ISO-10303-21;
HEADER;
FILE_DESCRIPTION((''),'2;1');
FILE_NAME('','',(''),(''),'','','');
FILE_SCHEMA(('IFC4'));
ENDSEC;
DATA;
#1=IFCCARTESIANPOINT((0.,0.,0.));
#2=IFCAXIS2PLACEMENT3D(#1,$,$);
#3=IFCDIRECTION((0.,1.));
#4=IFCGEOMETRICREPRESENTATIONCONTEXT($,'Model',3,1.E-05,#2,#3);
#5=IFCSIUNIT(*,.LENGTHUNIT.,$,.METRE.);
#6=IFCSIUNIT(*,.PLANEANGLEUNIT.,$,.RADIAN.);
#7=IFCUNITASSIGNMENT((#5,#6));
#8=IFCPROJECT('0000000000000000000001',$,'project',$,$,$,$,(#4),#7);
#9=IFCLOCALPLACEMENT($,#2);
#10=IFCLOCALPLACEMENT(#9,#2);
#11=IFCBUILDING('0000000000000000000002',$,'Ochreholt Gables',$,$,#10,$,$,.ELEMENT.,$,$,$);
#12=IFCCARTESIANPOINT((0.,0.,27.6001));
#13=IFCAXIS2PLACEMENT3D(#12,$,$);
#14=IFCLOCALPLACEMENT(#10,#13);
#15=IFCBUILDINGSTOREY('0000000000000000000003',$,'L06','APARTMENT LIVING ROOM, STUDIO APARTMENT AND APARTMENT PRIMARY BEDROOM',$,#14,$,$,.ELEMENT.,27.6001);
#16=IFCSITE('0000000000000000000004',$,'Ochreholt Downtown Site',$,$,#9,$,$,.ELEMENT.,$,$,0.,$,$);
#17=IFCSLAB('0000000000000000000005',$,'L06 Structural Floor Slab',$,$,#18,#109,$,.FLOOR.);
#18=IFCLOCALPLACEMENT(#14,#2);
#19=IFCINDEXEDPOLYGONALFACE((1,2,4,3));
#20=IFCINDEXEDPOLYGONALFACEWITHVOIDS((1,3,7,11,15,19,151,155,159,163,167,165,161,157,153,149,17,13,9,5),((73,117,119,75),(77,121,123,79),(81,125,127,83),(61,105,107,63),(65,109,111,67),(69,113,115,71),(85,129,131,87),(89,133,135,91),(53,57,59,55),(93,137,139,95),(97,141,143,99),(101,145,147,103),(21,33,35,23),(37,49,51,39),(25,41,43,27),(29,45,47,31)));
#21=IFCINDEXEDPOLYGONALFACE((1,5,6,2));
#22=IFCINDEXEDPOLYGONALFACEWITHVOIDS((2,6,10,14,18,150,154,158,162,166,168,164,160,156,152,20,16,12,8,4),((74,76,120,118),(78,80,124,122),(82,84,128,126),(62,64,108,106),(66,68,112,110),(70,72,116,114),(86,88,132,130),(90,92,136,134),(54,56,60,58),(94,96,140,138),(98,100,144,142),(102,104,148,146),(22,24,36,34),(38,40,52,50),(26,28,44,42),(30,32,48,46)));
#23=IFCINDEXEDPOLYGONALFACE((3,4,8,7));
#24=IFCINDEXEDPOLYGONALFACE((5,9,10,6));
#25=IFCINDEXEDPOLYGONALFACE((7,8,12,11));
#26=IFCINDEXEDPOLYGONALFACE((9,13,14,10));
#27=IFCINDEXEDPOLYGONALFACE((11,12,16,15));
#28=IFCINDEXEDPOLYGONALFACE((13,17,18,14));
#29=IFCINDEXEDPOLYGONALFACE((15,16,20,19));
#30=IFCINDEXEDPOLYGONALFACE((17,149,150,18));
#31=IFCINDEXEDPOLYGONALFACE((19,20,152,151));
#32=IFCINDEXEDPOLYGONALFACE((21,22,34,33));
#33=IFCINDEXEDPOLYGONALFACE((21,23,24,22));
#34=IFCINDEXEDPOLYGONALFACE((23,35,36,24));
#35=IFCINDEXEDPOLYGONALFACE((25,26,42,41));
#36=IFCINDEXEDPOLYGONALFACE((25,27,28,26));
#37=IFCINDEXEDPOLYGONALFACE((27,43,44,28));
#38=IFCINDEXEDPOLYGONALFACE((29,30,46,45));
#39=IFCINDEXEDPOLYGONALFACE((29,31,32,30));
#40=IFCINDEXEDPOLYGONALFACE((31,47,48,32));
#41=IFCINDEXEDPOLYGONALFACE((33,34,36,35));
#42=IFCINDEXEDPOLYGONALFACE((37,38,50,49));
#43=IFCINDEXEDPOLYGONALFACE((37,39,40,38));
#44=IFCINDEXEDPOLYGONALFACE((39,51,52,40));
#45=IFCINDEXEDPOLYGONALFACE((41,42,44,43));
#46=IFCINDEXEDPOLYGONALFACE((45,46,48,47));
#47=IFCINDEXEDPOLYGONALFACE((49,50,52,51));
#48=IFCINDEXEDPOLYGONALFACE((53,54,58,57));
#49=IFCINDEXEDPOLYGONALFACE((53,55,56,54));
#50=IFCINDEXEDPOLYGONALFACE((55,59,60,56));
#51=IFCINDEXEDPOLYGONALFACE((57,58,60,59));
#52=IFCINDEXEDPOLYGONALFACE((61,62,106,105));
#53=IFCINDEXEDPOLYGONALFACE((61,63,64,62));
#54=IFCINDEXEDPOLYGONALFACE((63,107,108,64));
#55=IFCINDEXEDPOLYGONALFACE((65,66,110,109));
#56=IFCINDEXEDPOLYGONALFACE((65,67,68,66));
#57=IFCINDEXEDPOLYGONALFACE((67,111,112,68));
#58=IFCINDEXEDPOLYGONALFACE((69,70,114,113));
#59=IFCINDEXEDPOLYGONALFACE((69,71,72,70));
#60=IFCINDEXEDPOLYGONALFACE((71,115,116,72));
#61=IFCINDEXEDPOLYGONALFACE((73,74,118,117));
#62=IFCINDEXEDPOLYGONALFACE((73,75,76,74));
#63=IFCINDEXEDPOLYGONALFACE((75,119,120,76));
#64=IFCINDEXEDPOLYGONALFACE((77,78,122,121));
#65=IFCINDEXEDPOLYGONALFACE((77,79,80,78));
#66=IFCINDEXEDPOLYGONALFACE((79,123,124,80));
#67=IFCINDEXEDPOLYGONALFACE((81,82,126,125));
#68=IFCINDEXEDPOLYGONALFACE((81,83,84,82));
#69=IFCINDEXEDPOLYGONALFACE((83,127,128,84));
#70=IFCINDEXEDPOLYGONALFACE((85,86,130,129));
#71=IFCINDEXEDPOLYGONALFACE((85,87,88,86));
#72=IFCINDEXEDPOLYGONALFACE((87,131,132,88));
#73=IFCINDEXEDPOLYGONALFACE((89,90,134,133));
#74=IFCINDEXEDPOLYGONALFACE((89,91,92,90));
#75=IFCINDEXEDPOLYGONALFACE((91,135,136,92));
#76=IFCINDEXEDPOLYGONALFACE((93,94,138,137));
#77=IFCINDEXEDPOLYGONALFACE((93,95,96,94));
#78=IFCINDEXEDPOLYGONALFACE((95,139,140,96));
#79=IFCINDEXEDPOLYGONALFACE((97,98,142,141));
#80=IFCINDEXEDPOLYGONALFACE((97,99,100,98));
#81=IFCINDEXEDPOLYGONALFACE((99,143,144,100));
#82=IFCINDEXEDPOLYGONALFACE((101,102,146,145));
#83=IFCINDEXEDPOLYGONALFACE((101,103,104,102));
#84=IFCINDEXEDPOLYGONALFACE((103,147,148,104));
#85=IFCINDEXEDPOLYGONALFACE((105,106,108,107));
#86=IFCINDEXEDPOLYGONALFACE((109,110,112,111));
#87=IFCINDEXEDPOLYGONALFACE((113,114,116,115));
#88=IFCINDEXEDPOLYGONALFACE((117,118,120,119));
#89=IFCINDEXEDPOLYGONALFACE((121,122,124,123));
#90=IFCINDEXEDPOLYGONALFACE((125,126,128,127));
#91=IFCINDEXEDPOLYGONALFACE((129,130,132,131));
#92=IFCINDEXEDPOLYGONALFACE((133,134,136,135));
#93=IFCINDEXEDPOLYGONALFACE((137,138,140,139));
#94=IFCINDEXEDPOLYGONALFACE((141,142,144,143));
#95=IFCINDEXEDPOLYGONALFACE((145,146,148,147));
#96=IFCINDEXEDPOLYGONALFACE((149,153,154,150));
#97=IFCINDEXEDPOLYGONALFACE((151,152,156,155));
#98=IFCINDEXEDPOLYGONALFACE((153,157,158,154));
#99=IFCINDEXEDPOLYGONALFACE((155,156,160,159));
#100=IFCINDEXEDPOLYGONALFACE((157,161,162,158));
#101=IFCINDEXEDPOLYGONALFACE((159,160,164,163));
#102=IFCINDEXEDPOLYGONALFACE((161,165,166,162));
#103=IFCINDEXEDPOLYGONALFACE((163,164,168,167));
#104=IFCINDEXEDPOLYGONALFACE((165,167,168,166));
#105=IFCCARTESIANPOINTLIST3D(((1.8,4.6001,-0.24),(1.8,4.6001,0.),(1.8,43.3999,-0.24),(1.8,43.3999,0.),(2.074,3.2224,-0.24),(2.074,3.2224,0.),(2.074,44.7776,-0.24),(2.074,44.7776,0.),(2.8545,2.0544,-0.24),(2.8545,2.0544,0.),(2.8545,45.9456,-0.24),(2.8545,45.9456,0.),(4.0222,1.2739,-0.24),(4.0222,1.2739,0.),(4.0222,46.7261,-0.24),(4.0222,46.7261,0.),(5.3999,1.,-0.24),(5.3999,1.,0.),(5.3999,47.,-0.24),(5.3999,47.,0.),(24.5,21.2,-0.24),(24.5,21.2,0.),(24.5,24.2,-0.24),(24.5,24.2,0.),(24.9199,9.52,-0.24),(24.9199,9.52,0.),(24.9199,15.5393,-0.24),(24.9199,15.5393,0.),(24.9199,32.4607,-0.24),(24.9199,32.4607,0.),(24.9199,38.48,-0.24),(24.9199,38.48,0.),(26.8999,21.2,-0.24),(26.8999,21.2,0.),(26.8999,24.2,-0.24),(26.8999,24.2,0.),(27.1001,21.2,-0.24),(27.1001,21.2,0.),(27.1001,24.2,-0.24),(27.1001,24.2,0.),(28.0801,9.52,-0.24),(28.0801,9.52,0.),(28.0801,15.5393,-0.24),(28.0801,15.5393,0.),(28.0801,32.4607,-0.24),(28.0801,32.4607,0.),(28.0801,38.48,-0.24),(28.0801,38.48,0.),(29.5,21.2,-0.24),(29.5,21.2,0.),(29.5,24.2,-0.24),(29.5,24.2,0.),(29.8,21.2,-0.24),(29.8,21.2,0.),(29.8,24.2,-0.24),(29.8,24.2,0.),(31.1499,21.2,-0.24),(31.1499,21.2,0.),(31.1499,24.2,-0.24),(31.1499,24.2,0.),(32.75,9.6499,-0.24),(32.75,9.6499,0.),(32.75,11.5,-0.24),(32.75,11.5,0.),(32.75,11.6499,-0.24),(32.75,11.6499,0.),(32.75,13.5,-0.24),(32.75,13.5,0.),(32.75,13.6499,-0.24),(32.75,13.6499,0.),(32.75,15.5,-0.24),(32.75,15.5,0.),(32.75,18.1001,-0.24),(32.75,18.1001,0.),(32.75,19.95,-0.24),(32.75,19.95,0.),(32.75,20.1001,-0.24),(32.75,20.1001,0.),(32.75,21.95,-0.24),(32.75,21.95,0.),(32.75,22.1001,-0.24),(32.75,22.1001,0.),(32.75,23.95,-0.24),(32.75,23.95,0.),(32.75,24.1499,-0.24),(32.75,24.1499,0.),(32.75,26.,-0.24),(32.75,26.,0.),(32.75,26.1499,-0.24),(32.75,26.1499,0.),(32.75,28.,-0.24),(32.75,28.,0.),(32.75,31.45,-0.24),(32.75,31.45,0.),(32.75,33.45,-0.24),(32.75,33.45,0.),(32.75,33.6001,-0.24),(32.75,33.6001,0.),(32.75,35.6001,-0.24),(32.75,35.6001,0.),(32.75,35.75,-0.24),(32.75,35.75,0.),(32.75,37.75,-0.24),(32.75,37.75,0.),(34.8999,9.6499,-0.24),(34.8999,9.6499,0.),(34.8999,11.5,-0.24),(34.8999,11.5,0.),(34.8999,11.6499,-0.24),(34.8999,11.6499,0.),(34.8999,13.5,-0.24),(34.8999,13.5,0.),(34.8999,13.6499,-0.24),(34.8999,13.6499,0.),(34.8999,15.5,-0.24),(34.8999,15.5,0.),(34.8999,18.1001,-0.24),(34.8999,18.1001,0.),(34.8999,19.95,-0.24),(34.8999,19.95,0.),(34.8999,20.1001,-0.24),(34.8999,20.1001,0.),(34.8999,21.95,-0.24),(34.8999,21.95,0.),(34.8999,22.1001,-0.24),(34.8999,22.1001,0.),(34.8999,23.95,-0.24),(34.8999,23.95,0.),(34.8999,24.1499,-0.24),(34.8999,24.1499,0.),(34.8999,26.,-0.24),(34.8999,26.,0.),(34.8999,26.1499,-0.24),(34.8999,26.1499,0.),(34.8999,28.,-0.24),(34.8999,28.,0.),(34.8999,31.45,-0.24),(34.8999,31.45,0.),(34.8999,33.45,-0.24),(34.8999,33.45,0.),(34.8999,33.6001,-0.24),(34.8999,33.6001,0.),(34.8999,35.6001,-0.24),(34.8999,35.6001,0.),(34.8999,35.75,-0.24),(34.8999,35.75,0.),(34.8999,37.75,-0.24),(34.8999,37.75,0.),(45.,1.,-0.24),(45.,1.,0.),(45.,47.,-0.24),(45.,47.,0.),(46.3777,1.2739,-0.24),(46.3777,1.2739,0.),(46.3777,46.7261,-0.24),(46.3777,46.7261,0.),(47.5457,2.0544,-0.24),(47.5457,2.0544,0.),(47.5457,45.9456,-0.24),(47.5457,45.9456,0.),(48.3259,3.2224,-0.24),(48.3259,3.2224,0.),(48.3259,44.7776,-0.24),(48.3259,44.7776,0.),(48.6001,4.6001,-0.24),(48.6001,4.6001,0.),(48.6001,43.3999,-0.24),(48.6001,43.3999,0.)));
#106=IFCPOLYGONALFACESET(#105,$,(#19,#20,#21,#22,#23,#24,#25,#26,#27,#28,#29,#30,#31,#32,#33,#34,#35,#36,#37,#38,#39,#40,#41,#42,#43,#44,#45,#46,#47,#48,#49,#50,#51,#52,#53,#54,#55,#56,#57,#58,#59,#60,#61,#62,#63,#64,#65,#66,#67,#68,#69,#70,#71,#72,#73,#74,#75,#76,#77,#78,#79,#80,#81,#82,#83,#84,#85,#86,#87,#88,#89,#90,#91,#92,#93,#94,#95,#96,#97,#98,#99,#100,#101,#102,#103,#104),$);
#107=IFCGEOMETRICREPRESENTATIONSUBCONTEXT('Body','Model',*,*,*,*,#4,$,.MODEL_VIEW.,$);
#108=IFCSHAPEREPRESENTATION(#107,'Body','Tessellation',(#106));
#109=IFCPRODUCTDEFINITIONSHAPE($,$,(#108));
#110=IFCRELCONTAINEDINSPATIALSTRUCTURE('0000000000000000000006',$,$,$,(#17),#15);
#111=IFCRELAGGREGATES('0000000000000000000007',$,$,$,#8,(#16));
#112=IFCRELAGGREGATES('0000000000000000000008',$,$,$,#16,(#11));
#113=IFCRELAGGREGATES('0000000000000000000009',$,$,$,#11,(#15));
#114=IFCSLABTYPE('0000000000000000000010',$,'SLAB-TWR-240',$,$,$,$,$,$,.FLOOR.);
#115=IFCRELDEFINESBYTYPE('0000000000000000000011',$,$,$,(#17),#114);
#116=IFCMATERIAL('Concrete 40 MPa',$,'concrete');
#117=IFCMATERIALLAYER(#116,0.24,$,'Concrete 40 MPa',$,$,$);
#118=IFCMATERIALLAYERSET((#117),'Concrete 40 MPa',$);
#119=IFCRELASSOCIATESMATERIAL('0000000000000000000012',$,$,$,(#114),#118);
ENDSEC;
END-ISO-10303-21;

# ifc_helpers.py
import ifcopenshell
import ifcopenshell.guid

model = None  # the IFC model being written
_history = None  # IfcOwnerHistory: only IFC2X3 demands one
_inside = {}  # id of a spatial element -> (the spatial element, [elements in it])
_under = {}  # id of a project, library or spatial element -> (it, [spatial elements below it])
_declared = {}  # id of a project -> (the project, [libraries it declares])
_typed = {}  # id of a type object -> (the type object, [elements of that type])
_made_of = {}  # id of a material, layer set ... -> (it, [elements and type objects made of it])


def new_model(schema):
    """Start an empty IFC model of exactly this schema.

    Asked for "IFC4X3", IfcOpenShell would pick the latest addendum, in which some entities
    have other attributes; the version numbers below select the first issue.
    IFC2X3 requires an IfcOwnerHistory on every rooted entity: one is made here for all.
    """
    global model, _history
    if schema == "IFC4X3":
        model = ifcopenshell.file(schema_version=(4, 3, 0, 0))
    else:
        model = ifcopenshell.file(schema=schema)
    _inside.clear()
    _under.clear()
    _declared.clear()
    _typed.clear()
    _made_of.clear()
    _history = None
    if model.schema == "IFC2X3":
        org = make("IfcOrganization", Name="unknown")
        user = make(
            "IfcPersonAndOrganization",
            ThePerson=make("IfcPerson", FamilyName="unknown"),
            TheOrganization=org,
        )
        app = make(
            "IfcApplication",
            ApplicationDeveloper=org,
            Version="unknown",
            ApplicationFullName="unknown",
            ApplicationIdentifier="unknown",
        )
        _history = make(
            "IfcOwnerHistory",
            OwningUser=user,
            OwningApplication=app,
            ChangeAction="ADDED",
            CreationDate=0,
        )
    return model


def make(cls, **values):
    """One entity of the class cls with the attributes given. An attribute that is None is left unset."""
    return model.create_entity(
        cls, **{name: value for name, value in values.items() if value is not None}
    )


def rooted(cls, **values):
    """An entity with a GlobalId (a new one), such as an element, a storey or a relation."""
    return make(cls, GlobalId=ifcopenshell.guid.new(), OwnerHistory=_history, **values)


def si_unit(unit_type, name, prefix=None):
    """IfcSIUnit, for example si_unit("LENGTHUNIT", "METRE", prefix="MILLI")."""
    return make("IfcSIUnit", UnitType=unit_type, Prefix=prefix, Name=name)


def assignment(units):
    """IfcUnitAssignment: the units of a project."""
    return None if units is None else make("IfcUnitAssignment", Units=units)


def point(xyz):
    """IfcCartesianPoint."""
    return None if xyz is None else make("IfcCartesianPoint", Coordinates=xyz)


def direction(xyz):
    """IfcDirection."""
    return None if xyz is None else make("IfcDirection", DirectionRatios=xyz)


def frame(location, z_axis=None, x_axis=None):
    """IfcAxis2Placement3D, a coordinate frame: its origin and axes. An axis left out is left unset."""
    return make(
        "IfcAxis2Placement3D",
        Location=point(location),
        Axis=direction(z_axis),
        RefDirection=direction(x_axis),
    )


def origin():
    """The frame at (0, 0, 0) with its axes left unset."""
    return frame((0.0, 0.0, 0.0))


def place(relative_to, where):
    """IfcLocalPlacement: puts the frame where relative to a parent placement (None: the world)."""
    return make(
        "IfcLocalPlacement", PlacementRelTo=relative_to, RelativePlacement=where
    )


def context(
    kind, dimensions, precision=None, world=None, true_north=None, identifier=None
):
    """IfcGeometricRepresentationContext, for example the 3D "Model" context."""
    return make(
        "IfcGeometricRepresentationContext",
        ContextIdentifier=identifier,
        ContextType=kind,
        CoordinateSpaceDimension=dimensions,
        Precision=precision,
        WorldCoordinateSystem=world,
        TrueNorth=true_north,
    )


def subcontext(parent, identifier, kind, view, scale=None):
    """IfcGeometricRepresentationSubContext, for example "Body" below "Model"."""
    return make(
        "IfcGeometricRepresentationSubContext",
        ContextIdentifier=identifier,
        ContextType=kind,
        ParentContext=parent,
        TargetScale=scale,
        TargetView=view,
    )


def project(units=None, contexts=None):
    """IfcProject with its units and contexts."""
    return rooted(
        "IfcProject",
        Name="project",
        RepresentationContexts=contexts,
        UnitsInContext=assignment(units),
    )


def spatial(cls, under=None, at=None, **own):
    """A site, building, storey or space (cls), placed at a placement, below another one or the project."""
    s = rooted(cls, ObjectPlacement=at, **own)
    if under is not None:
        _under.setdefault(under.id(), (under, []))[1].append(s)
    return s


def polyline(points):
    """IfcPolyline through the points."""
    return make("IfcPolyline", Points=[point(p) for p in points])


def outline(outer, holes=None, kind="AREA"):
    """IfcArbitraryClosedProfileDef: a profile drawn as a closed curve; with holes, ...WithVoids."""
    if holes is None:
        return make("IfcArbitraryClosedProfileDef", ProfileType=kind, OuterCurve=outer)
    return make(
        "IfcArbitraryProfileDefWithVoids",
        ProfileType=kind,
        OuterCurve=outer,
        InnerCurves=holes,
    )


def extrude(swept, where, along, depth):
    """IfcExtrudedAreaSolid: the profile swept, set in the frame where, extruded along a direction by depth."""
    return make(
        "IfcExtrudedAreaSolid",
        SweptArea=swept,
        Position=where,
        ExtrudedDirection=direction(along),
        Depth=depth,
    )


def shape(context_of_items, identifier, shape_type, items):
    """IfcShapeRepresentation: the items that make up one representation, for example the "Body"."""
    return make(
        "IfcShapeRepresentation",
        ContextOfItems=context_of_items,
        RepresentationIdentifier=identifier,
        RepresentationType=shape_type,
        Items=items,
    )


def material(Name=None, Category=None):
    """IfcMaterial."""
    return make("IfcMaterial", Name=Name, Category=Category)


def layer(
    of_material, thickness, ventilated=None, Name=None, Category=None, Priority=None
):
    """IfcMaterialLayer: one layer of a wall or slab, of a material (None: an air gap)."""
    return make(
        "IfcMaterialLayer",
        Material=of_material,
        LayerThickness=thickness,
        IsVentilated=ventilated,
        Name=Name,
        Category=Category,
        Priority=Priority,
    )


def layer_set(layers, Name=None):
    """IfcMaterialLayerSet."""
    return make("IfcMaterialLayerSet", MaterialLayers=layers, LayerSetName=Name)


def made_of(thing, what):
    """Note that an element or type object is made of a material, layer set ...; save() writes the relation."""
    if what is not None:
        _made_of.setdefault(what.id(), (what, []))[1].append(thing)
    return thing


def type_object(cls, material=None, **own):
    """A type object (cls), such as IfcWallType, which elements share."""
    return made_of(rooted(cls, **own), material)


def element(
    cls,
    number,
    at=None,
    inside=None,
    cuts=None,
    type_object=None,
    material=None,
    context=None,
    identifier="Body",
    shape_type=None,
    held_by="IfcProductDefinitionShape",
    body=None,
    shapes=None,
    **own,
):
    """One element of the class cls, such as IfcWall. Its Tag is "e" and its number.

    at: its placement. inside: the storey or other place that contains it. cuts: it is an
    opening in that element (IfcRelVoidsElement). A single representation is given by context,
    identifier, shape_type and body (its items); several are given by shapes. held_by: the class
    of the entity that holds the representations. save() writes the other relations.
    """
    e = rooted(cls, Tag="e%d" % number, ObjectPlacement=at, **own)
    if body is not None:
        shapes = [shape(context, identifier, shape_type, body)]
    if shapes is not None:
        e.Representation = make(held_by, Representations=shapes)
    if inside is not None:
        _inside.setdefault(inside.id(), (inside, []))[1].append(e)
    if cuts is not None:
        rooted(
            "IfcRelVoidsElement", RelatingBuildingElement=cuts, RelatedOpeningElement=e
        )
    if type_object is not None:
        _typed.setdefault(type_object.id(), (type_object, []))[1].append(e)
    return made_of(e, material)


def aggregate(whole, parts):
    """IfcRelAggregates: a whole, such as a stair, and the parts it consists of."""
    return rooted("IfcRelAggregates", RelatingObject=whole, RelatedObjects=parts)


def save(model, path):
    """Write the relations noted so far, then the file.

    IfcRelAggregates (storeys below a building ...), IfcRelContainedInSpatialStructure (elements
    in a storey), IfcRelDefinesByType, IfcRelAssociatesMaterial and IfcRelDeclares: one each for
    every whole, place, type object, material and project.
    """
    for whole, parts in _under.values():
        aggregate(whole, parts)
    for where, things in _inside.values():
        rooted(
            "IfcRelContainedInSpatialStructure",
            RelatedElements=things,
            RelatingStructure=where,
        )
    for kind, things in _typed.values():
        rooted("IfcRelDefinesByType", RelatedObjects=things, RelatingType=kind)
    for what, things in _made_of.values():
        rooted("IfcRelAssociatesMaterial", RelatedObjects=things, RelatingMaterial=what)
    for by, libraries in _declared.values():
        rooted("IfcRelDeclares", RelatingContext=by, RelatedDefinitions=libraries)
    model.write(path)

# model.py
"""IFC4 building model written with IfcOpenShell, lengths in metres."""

from ifc_helpers import new_model, si_unit, direction, frame, origin, place, context, subcontext, project, spatial, polyline, outline, extrude, material, layer, layer_set, type_object, element, save


model = new_model("IFC4")

# Units and contexts
model_context = context("Model", 3, precision=1e-05, world=origin(), true_north=direction((0.0, 1.0)))
body_context = subcontext(model_context, "Body", "Model", "MODEL_VIEW")
ifc_project = project(units=[si_unit("LENGTHUNIT", "METRE"), si_unit("PLANEANGLEUNIT", "RADIAN")], contexts=[model_context])

# Site, building, storey
site_placement = place(None, origin())
site = spatial("IfcSite", under=ifc_project, at=site_placement, Name="Ochreholt Downtown Site", CompositionType="ELEMENT", RefElevation=0.0)
building_placement = place(site_placement, origin())
building = spatial("IfcBuilding", under=site, at=building_placement, Name="Ochreholt Gables", CompositionType="ELEMENT")
storey_placement = place(building_placement, frame((0.0, 0.0, 27.6001)))
storey = spatial("IfcBuildingStorey", under=building, at=storey_placement, Name="L06", Description="APARTMENT LIVING ROOM, STUDIO APARTMENT AND APARTMENT PRIMARY BEDROOM", CompositionType="ELEMENT", Elevation=27.6001)

# Shared definitions
ifc_material_1 = material(Name="Concrete 40 MPa", Category="concrete")

# Slab
ifc_layer_1 = layer(ifc_material_1, 0.24, Name="Concrete 40 MPa")
ifc_layer_set_1 = layer_set([ifc_layer_1], Name="Concrete 40 MPa")
slab_type_1 = type_object("IfcSlabType", Name="SLAB-TWR-240", PredefinedType="FLOOR", material=ifc_layer_set_1)
slab_1_placement = place(storey_placement, frame((0.0, 0.0, -0.24)))
element("IfcSlab", 1, at=slab_1_placement, inside=storey, type_object=slab_type_1, Name="L06 Structural Floor Slab", PredefinedType="FLOOR", context=body_context, shape_type="SweptSolid", body=[
    extrude(outline(polyline([(1.8, 4.6001), (2.074, 3.2224), (2.8545, 2.0544), (4.0222, 1.2739), (5.3999, 1.0), (45.0, 1.0), (46.3777, 1.2739), (47.5457, 2.0544), (48.3259, 3.2224), (48.6001, 4.6001), (48.6001, 43.3999), (48.3259, 44.7776), (47.5457, 45.9456), (46.3777, 46.7261), (45.0, 47.0), (5.3999, 47.0), (4.0222, 46.7261), (2.8545, 45.9456), (2.074, 44.7776), (1.8, 43.3999), (1.8, 4.6001)]), holes=[polyline([(24.9199, 15.5393), (24.9199, 9.52), (28.0801, 9.52), (28.0801, 15.5393), (24.9199, 15.5393)]), polyline([(28.0801, 32.4607), (28.0801, 38.48), (24.9199, 38.48), (24.9199, 32.4607), (28.0801, 32.4607)]), polyline([(24.5, 21.2), (26.8999, 21.2), (26.8999, 24.2), (24.5, 24.2), (24.5, 21.2)]), polyline([(27.1001, 21.2), (29.5, 21.2), (29.5, 24.2), (27.1001, 24.2), (27.1001, 21.2)]), polyline([(32.75, 9.6499), (34.8999, 9.6499), (34.8999, 11.5), (32.75, 11.5), (32.75, 9.6499)]), polyline([(32.75, 11.6499), (34.8999, 11.6499), (34.8999, 13.5), (32.75, 13.5), (32.75, 11.6499)]), polyline([(32.75, 13.6499), (34.8999, 13.6499), (34.8999, 15.5), (32.75, 15.5), (32.75, 13.6499)]), polyline([(32.75, 18.1001), (34.8999, 18.1001), (34.8999, 19.95), (32.75, 19.95), (32.75, 18.1001)]), polyline([(32.75, 20.1001), (34.8999, 20.1001), (34.8999, 21.95), (32.75, 21.95), (32.75, 20.1001)]), polyline([(32.75, 22.1001), (34.8999, 22.1001), (34.8999, 23.95), (32.75, 23.95), (32.75, 22.1001)]), polyline([(32.75, 24.1499), (34.8999, 24.1499), (34.8999, 26.0), (32.75, 26.0), (32.75, 24.1499)]), polyline([(32.75, 26.1499), (34.8999, 26.1499), (34.8999, 28.0), (32.75, 28.0), (32.75, 26.1499)]), polyline([(32.75, 31.45), (34.8999, 31.45), (34.8999, 33.45), (32.75, 33.45), (32.75, 31.45)]), polyline([(32.75, 33.6001), (34.8999, 33.6001), (34.8999, 35.6001), (32.75, 35.6001), (32.75, 33.6001)]), polyline([(32.75, 35.75), (34.8999, 35.75), (34.8999, 37.75), (32.75, 37.75), (32.75, 35.75)]), polyline([(29.8, 21.2), (31.1499, 21.2), (31.1499, 24.2), (29.8, 24.2), (29.8, 21.2)])]), origin(), (0.0, 0.0, 1.0), 0.24),
])

save(model, "model.ifc")
